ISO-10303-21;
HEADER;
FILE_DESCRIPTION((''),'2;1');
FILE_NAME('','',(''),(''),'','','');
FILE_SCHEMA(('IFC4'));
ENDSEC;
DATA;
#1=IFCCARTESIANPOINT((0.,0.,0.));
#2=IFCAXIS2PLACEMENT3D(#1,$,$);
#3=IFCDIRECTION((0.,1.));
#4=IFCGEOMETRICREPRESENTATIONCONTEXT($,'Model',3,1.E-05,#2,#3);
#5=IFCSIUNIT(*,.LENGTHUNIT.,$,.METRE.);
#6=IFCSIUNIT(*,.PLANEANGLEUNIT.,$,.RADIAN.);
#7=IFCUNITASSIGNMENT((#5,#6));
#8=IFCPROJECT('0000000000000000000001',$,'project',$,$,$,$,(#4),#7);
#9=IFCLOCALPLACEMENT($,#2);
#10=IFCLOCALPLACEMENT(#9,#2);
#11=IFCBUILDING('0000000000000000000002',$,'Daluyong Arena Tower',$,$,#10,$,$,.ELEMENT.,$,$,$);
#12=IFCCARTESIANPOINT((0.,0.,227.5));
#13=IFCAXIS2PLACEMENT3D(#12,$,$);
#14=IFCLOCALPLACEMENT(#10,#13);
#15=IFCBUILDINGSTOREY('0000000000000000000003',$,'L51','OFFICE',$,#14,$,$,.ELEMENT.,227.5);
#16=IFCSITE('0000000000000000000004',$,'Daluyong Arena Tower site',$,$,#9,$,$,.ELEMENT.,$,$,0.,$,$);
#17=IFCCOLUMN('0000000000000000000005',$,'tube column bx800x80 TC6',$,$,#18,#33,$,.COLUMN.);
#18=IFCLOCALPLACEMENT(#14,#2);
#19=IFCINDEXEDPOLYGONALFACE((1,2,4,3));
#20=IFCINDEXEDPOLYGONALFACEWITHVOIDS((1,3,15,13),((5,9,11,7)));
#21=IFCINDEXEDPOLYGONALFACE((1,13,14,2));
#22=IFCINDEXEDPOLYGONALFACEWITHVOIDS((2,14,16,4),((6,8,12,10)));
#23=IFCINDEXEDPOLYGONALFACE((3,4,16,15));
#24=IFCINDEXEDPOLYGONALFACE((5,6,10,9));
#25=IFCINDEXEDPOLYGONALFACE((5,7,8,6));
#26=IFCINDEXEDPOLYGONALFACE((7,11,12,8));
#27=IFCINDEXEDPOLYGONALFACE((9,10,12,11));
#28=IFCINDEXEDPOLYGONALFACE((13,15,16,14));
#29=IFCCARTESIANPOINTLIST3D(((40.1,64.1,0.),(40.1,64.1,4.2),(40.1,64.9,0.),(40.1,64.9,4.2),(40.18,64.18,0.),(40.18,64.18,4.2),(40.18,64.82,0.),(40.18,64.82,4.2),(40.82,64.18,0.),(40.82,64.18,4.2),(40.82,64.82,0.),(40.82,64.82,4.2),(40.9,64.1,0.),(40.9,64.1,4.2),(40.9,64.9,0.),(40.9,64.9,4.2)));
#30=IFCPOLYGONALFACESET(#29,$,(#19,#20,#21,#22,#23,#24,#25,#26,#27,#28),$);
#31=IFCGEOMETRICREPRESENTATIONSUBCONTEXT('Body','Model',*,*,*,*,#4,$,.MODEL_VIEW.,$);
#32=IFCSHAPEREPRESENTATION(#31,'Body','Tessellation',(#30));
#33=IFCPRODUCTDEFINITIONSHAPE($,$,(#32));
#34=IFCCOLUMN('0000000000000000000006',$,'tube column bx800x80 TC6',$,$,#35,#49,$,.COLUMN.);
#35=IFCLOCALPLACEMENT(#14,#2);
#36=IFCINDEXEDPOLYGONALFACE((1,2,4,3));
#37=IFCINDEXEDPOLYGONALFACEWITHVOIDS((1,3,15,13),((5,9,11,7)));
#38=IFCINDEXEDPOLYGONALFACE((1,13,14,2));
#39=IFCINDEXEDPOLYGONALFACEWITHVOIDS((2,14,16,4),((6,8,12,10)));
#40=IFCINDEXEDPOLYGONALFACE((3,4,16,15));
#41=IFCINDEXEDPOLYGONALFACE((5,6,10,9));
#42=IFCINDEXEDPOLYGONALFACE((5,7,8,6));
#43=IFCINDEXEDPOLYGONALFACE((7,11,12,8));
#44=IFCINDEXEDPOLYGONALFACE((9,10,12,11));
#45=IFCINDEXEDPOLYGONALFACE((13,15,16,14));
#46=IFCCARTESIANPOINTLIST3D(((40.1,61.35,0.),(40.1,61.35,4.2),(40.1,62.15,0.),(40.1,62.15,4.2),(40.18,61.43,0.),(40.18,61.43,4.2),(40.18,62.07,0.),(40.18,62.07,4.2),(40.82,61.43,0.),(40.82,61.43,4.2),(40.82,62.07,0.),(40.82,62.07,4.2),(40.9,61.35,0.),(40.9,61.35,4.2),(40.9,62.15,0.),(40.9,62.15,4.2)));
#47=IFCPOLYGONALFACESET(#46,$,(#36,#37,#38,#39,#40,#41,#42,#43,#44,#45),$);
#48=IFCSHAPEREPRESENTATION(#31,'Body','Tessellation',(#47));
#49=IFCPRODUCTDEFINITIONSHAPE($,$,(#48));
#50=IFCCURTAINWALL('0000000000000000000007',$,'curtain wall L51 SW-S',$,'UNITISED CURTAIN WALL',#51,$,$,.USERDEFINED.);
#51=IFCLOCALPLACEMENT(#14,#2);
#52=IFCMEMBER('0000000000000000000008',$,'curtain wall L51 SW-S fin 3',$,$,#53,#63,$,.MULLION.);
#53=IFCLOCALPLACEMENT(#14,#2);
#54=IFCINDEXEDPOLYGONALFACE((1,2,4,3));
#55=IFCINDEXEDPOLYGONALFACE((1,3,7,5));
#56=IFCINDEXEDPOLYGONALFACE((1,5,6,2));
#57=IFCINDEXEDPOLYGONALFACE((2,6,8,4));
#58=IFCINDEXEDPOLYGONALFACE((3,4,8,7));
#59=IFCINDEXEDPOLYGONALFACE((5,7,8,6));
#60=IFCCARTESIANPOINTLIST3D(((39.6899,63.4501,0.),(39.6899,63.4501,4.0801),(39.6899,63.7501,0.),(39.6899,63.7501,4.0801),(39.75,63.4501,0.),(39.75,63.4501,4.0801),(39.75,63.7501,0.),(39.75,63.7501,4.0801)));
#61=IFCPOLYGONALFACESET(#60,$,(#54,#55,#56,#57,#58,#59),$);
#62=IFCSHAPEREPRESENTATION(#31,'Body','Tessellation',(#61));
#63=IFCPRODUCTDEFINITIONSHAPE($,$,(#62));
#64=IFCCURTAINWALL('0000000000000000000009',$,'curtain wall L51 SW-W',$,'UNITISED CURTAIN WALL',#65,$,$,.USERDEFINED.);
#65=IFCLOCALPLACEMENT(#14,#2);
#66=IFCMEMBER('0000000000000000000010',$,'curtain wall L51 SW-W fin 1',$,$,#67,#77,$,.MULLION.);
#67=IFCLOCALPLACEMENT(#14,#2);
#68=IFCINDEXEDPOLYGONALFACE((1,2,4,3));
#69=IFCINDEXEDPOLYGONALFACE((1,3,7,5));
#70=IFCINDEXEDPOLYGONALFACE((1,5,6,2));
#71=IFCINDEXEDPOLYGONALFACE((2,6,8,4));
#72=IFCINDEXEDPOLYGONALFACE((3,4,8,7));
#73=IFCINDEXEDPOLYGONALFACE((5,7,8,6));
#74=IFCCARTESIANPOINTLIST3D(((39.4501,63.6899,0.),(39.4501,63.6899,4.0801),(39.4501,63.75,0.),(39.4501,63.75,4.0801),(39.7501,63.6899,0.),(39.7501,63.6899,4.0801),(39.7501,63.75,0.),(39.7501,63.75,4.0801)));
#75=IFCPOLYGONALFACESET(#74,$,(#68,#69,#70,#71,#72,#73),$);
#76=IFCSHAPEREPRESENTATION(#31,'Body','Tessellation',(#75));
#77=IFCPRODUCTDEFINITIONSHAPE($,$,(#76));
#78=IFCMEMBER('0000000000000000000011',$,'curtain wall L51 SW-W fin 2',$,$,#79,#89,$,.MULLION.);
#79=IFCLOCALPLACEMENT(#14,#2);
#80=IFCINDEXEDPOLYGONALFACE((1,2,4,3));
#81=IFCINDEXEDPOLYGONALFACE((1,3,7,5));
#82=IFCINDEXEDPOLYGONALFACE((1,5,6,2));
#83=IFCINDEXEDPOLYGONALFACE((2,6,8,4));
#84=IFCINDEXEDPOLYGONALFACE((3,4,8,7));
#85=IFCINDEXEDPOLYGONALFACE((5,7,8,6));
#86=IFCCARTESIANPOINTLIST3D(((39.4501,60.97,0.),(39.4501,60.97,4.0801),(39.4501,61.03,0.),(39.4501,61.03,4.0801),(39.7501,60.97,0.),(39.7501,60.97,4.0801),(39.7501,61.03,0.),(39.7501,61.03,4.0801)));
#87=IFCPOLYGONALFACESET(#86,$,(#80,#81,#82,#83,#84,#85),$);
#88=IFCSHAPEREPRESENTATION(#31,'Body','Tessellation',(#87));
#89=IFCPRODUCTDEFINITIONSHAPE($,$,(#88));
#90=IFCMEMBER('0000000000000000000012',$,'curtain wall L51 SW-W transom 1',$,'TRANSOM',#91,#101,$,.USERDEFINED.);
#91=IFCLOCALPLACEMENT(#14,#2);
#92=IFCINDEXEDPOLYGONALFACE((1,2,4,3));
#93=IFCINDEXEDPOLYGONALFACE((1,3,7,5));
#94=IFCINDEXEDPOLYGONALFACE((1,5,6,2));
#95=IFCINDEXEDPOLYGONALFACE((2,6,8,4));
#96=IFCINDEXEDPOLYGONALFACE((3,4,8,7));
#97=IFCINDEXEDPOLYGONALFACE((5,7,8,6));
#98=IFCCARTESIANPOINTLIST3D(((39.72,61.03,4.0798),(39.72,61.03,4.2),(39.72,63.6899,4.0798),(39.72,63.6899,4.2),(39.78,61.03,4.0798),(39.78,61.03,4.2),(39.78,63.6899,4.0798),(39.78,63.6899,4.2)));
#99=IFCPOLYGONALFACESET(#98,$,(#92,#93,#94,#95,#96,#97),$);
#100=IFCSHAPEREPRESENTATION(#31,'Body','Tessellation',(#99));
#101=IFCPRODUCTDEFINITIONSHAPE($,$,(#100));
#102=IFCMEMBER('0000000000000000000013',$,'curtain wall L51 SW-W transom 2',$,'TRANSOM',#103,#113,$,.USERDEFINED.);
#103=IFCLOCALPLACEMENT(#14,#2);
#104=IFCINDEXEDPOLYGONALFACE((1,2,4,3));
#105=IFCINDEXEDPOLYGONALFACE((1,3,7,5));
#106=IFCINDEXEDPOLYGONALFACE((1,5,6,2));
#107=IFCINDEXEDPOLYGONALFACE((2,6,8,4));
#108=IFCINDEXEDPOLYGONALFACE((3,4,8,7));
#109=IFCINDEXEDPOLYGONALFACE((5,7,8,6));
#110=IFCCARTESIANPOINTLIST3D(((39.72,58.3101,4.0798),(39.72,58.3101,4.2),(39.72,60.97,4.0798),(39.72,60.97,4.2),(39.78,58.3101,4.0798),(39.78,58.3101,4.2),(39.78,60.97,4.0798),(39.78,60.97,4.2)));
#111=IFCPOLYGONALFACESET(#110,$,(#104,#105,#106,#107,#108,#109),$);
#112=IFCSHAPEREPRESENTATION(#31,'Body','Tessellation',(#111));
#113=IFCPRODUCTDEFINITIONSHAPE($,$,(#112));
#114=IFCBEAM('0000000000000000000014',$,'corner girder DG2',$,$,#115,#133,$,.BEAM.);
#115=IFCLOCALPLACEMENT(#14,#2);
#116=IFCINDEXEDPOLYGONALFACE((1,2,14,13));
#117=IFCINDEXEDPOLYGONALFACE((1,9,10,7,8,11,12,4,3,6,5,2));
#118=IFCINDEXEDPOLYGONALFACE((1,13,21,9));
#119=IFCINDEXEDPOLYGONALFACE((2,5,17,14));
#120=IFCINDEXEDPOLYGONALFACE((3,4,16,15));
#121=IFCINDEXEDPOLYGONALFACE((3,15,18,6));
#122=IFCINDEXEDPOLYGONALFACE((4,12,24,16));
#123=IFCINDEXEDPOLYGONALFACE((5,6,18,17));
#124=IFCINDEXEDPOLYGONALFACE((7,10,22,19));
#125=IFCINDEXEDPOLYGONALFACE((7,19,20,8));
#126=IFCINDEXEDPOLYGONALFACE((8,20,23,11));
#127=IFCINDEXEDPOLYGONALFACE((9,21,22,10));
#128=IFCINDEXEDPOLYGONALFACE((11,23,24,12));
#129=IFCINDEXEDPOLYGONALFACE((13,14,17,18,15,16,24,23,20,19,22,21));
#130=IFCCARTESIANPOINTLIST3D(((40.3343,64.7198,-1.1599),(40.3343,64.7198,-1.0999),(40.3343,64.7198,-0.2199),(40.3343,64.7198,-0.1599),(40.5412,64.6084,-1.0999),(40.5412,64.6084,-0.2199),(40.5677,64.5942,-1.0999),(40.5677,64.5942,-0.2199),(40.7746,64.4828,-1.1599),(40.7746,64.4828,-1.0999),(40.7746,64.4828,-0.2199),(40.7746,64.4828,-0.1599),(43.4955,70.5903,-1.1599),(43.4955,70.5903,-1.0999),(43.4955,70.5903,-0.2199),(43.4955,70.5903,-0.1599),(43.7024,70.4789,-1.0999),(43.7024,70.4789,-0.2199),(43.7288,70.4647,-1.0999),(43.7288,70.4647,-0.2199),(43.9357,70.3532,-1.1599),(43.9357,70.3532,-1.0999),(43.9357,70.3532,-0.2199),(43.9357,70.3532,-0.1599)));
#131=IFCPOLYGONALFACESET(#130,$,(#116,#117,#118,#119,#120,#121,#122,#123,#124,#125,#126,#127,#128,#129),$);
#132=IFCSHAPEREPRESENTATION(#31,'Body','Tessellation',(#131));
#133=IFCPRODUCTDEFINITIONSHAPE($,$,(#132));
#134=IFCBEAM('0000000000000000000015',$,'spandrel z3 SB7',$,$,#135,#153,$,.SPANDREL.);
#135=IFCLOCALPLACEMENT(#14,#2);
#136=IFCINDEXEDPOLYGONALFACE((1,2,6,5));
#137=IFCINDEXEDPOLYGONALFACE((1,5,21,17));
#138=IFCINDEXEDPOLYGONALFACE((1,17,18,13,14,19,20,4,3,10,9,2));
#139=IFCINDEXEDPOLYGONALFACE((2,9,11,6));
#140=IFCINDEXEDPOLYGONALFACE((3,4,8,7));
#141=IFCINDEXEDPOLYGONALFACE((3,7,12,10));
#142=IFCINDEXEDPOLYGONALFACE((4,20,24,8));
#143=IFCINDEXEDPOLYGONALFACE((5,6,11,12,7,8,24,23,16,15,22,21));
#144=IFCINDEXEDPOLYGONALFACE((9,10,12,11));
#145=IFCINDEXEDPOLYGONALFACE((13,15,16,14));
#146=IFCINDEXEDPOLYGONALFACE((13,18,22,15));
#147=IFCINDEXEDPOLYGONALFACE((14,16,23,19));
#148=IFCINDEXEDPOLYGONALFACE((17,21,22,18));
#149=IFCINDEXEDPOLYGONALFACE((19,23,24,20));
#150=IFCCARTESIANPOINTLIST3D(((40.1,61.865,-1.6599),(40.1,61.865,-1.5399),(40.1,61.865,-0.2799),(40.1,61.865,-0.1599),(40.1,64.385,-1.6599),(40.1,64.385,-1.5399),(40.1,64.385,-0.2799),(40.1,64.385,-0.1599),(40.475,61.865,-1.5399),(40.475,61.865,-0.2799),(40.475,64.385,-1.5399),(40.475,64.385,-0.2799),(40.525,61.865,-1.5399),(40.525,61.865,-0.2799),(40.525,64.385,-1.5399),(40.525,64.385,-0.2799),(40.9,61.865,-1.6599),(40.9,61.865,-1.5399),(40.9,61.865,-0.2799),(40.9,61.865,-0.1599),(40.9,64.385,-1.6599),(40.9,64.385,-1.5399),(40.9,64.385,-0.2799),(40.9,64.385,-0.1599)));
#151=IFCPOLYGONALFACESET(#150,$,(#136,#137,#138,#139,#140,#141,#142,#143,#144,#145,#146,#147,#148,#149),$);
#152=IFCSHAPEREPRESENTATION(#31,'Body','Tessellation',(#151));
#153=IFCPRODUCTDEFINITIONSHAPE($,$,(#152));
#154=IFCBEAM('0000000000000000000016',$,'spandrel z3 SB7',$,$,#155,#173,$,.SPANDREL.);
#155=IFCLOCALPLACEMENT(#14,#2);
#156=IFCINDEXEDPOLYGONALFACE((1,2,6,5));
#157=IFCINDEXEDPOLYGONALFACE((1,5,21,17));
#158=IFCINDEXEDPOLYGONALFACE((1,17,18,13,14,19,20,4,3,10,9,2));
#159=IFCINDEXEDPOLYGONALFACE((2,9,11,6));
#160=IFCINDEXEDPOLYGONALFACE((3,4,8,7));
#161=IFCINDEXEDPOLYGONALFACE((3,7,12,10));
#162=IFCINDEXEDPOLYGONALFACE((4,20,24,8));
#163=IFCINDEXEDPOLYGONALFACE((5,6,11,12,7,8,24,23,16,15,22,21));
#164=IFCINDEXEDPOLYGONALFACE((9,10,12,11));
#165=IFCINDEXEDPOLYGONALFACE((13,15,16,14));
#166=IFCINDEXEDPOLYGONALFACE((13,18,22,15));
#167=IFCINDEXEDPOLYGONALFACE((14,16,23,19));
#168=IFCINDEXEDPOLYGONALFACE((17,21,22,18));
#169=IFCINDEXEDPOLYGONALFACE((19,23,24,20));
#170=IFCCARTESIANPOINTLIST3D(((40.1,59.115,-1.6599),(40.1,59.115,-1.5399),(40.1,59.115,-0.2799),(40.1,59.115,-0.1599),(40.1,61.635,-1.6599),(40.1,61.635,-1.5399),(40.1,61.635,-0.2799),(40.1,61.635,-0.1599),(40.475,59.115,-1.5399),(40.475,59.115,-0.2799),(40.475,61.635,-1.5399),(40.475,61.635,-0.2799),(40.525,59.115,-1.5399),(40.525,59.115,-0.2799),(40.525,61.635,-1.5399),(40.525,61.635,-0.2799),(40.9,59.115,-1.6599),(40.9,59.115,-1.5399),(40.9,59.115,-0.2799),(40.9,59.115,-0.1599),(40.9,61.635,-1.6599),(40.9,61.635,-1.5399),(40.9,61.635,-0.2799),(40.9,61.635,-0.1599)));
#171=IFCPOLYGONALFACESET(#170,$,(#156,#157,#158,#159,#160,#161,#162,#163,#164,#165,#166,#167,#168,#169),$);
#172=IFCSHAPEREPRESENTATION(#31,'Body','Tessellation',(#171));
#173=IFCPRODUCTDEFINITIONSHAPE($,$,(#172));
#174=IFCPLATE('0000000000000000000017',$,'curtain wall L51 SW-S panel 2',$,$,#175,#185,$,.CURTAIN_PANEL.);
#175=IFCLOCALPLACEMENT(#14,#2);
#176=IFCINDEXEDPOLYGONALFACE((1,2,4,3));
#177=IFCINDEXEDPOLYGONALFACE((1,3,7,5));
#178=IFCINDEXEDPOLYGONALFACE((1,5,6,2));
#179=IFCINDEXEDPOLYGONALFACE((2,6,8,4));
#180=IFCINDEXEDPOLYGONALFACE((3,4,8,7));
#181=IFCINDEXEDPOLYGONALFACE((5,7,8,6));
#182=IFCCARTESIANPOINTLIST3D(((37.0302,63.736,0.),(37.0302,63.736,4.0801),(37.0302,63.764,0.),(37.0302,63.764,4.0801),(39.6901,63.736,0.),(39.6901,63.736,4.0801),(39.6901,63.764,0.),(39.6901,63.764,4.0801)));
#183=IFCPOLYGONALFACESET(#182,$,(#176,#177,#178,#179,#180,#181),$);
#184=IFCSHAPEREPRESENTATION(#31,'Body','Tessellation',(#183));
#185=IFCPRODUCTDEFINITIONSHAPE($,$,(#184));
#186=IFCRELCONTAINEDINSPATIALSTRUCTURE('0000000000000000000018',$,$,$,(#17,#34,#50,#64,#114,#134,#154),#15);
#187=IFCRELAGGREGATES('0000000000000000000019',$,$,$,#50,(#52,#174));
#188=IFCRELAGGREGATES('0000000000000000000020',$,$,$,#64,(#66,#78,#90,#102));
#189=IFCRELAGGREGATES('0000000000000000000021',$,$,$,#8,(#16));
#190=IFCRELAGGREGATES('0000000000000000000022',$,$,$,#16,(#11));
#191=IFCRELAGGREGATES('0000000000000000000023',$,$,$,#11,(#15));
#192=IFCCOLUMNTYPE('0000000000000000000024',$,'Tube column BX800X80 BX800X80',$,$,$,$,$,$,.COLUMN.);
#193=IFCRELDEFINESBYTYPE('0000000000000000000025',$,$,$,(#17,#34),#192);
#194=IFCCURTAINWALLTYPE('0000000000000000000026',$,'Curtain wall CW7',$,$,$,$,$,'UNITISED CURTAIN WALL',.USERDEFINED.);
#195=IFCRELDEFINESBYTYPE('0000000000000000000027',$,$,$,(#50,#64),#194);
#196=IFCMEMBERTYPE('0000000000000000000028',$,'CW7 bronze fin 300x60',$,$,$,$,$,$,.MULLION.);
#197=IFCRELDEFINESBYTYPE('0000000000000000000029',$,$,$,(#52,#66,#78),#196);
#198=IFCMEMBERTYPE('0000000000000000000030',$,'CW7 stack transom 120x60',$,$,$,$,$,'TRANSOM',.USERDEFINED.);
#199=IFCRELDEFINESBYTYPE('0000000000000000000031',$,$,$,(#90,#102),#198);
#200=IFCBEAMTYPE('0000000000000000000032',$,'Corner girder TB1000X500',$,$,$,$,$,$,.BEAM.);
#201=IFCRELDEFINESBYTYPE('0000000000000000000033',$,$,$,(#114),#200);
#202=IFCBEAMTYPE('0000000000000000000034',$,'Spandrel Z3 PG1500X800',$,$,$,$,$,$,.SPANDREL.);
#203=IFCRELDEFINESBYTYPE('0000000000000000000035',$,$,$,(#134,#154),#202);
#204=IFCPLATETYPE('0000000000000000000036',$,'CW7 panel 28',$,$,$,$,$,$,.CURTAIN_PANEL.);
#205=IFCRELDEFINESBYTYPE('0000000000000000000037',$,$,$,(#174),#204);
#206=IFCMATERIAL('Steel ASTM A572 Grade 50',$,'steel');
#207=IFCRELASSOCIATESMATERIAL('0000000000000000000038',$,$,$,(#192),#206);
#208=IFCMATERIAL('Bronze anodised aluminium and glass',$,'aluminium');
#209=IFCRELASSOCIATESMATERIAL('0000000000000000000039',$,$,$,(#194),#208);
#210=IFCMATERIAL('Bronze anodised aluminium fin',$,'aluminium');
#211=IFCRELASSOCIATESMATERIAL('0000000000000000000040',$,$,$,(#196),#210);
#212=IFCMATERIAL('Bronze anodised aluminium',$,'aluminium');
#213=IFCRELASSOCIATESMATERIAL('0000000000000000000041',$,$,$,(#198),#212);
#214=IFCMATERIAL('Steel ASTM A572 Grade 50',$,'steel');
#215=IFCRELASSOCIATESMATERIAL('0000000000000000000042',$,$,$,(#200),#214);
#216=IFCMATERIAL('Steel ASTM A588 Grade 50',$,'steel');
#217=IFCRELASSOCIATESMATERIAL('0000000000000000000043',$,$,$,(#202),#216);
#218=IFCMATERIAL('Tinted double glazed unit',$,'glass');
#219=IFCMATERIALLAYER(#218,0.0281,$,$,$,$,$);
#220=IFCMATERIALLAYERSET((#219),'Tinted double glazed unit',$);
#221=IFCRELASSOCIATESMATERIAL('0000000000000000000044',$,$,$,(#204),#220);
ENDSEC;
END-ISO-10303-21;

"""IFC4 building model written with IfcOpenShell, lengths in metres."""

from ifc_helpers import new_model, si_unit, direction, frame, origin, origin_2d, place, context, subcontext, project, spatial, rectangle, hollow_rectangle, i_section, extrude, material, layer, layer_set, material_profile, profile_set, type_object, element, aggregate, save


model = new_model("IFC4")

# Units and contexts
model_context = context("Model", 3, precision=1e-05, world=origin(), true_north=direction((0.0, 1.0)))
body_context = subcontext(model_context, "Body", "Model", "MODEL_VIEW")
ifc_project = project(units=[si_unit("LENGTHUNIT", "METRE"), si_unit("PLANEANGLEUNIT", "RADIAN")], contexts=[model_context])

# Site, building, storey
site_placement = place(None, origin())
site = spatial("IfcSite", under=ifc_project, at=site_placement, Name="Daluyong Arena Tower site", CompositionType="ELEMENT", RefElevation=0.0)
building_placement = place(site_placement, origin())
building = spatial("IfcBuilding", under=site, at=building_placement, Name="Daluyong Arena Tower", CompositionType="ELEMENT")
storey_placement = place(building_placement, frame((0.0, 0.0, 227.5)))
storey = spatial("IfcBuildingStorey", under=building, at=storey_placement, Name="L51", Description="OFFICE", CompositionType="ELEMENT", Elevation=227.5)

# Columns
ifc_material_1 = material(Name="Steel ASTM A572 Grade 50", Category="steel")
ifc_material_profile_1 = material_profile(ifc_material_1, hollow_rectangle(XDim=0.8, YDim=0.8, WallThickness=0.08, at=origin_2d()))
ifc_profile_set_1 = profile_set([ifc_material_profile_1], Name="Steel ASTM A572 Grade 50")
column_type = type_object("IfcColumnType", Name="Tube column BX800X80 BX800X80", PredefinedType="COLUMN", material=ifc_profile_set_1)
for number, where, z_axis, x_axis, name in (
    (1, (40.5, 64.5, 0.0), (0.0, 0.0, 1.0), (0.0, 1.0, 0.0), "tube column bx800x80 TC6"),
    (2, (40.5, 61.75, 0.0), (0.0, 0.0, 1.0), (0.0, 1.0, 0.0), "tube column bx800x80 TC6"),
):
    element("IfcColumn", number, at=place(storey_placement, frame(where, z_axis=z_axis, x_axis=x_axis)), inside=storey, type_object=column_type, Name=name, PredefinedType="COLUMN", context=body_context, shape_type="SweptSolid", body=[
        extrude(hollow_rectangle(XDim=0.8, YDim=0.8, WallThickness=0.08, at=origin_2d()), origin(), (0.0, 0.0, 1.0), 4.2),
    ])

# Curtain wall, member
ifc_material_2 = material(Name="Bronze anodised aluminium and glass", Category="aluminium")
curtain_wall_type = type_object("IfcCurtainWallType", Name="Curtain wall CW7", ElementType="UNITISED CURTAIN WALL", PredefinedType="USERDEFINED", material=ifc_material_2)
curtain_wall_1_placement = place(storey_placement, origin())
curtain_wall_1 = element("IfcCurtainWall", 3, at=curtain_wall_1_placement, inside=storey, type_object=curtain_wall_type, Name="curtain wall L51 SW-S", ObjectType="UNITISED CURTAIN WALL", PredefinedType="USERDEFINED")
ifc_material_3 = material(Name="Bronze anodised aluminium fin", Category="aluminium")
ifc_material_profile_2 = material_profile(ifc_material_3, rectangle(XDim=0.3, YDim=0.0601, at=origin_2d()))
ifc_profile_set_2 = profile_set([ifc_material_profile_2], Name="Bronze anodised aluminium fin")
member_type_1 = type_object("IfcMemberType", Name="CW7 bronze fin 300x60", PredefinedType="MULLION", material=ifc_profile_set_2)
member_1_placement = place(storey_placement, frame((39.72, 63.6001, 0.0), z_axis=(0.0, 0.0, 1.0), x_axis=(0.0, 1.0, 0.0)))
member_1 = element("IfcMember", 4, at=member_1_placement, type_object=member_type_1, Name="curtain wall L51 SW-S fin 3", PredefinedType="MULLION", context=body_context, shape_type="SweptSolid", body=[
    extrude(rectangle(XDim=0.3, YDim=0.0601, at=origin_2d()), origin(), (0.0, 0.0, 1.0), 4.0801),
])

# Curtain wall, members
curtain_wall_2_placement = place(storey_placement, origin())
curtain_wall_2 = element("IfcCurtainWall", 5, at=curtain_wall_2_placement, inside=storey, type_object=curtain_wall_type, Name="curtain wall L51 SW-W", ObjectType="UNITISED CURTAIN WALL", PredefinedType="USERDEFINED")
member_2_placement = place(storey_placement, frame((39.6001, 63.72, 0.0), z_axis=(0.0, 0.0, 1.0), x_axis=(1.0, 0.0, 0.0)))
member_2 = element("IfcMember", 6, at=member_2_placement, type_object=member_type_1, Name="curtain wall L51 SW-W fin 1", PredefinedType="MULLION", context=body_context, shape_type="SweptSolid", body=[
    extrude(rectangle(XDim=0.3, YDim=0.0601, at=origin_2d()), origin(), (0.0, 0.0, 1.0), 4.0801),
])
member_3_placement = place(storey_placement, frame((39.6001, 61.0, 0.0), z_axis=(0.0, 0.0, 1.0), x_axis=(1.0, 0.0, 0.0)))
member_3 = element("IfcMember", 7, at=member_3_placement, type_object=member_type_1, Name="curtain wall L51 SW-W fin 2", PredefinedType="MULLION", context=body_context, shape_type="SweptSolid", body=[
    extrude(rectangle(XDim=0.3, YDim=0.0601, at=origin_2d()), origin(), (0.0, 0.0, 1.0), 4.0801),
])
ifc_material_4 = material(Name="Bronze anodised aluminium", Category="aluminium")
ifc_material_profile_3 = material_profile(ifc_material_4, rectangle(XDim=0.0601, YDim=0.1201, at=origin_2d()))
ifc_profile_set_3 = profile_set([ifc_material_profile_3], Name="Bronze anodised aluminium")
member_type_2 = type_object("IfcMemberType", Name="CW7 stack transom 120x60", ElementType="TRANSOM", PredefinedType="USERDEFINED", material=ifc_profile_set_3)
member_4_placement = place(storey_placement, frame((39.75, 63.6899, 4.1399), z_axis=(0.0, -1.0, 0.0), x_axis=(1.0, 0.0, 0.0)))
member_4 = element("IfcMember", 8, at=member_4_placement, type_object=member_type_2, Name="curtain wall L51 SW-W transom 1", ObjectType="TRANSOM", PredefinedType="USERDEFINED", context=body_context, shape_type="SweptSolid", body=[
    extrude(rectangle(XDim=0.0601, YDim=0.1201, at=origin_2d()), origin(), (0.0, 0.0, 1.0), 2.6599),
])
member_5_placement = place(storey_placement, frame((39.75, 60.97, 4.1399), z_axis=(0.0, -1.0, 0.0), x_axis=(1.0, 0.0, 0.0)))
member_5 = element("IfcMember", 9, at=member_5_placement, type_object=member_type_2, Name="curtain wall L51 SW-W transom 2", ObjectType="TRANSOM", PredefinedType="USERDEFINED", context=body_context, shape_type="SweptSolid", body=[
    extrude(rectangle(XDim=0.0601, YDim=0.1201, at=origin_2d()), origin(), (0.0, 0.0, 1.0), 2.6599),
])

# Beams
ifc_material_5 = material(Name="Steel ASTM A572 Grade 50", Category="steel")
ifc_material_profile_4 = material_profile(ifc_material_5, i_section(OverallWidth=0.5, OverallDepth=1.0, WebThickness=0.03, FlangeThickness=0.06, at=origin_2d()))
ifc_profile_set_4 = profile_set([ifc_material_profile_4], Name="Steel ASTM A572 Grade 50")
beam_type_1 = type_object("IfcBeamType", Name="Corner girder TB1000X500", PredefinedType="BEAM", material=ifc_profile_set_4)
beam_placement = place(storey_placement, frame((40.5544, 64.6013, -0.6599), z_axis=(0.474119, 0.880461, 0.0), x_axis=(-0.880461, 0.474119, 0.0)))
element("IfcBeam", 10, at=beam_placement, inside=storey, type_object=beam_type_1, Name="corner girder DG2", PredefinedType="BEAM", context=body_context, shape_type="SweptSolid", body=[
    extrude(i_section(OverallWidth=0.5, OverallDepth=1.0, WebThickness=0.03, FlangeThickness=0.06, at=origin_2d()), origin(), (0.0, 0.0, 1.0), 6.6675),
])
ifc_material_6 = material(Name="Steel ASTM A588 Grade 50", Category="steel")
ifc_material_profile_5 = material_profile(ifc_material_6, i_section(OverallWidth=0.8, OverallDepth=1.5, WebThickness=0.05, FlangeThickness=0.12, at=origin_2d()))
ifc_profile_set_5 = profile_set([ifc_material_profile_5], Name="Steel ASTM A588 Grade 50")
beam_type_2 = type_object("IfcBeamType", Name="Spandrel Z3 PG1500X800", PredefinedType="SPANDREL", material=ifc_profile_set_5)
for number, where, z_axis, x_axis, name in (
    (11, (40.5, 64.385, -0.9099), (0.0, -1.0, 0.0), (1.0, 0.0, 0.0), "spandrel z3 SB7"),
    (12, (40.5, 61.635, -0.9099), (0.0, -1.0, 0.0), (1.0, 0.0, 0.0), "spandrel z3 SB7"),
):
    element("IfcBeam", number, at=place(storey_placement, frame(where, z_axis=z_axis, x_axis=x_axis)), inside=storey, type_object=beam_type_2, Name=name, PredefinedType="SPANDREL", context=body_context, shape_type="SweptSolid", body=[
        extrude(i_section(OverallWidth=0.8, OverallDepth=1.5, WebThickness=0.05, FlangeThickness=0.12, at=origin_2d()), origin(), (0.0, 0.0, 1.0), 2.52),
    ])

# Plate
ifc_material_7 = material(Name="Tinted double glazed unit", Category="glass")
ifc_layer_1 = layer(ifc_material_7, 0.0281)
ifc_layer_set_1 = layer_set([ifc_layer_1], Name="Tinted double glazed unit")
plate_type = type_object("IfcPlateType", Name="CW7 panel 28", PredefinedType="CURTAIN_PANEL", material=ifc_layer_set_1)
plate_1_placement = place(storey_placement, frame((38.3601, 63.75, 0.0), z_axis=(0.0, 0.0, 1.0), x_axis=(1.0, 0.0, 0.0)))
plate_1 = element("IfcPlate", 13, at=plate_1_placement, type_object=plate_type, Name="curtain wall L51 SW-S panel 2", PredefinedType="CURTAIN_PANEL", context=body_context, shape_type="SweptSolid", body=[
    extrude(rectangle(XDim=2.6599, YDim=0.0281, at=origin_2d()), origin(), (0.0, 0.0, 1.0), 4.0801),
])
aggregate(curtain_wall_1, [member_1, plate_1])
aggregate(curtain_wall_2, [member_2, member_3, member_4, member_5])

save(model, "model.ifc")
